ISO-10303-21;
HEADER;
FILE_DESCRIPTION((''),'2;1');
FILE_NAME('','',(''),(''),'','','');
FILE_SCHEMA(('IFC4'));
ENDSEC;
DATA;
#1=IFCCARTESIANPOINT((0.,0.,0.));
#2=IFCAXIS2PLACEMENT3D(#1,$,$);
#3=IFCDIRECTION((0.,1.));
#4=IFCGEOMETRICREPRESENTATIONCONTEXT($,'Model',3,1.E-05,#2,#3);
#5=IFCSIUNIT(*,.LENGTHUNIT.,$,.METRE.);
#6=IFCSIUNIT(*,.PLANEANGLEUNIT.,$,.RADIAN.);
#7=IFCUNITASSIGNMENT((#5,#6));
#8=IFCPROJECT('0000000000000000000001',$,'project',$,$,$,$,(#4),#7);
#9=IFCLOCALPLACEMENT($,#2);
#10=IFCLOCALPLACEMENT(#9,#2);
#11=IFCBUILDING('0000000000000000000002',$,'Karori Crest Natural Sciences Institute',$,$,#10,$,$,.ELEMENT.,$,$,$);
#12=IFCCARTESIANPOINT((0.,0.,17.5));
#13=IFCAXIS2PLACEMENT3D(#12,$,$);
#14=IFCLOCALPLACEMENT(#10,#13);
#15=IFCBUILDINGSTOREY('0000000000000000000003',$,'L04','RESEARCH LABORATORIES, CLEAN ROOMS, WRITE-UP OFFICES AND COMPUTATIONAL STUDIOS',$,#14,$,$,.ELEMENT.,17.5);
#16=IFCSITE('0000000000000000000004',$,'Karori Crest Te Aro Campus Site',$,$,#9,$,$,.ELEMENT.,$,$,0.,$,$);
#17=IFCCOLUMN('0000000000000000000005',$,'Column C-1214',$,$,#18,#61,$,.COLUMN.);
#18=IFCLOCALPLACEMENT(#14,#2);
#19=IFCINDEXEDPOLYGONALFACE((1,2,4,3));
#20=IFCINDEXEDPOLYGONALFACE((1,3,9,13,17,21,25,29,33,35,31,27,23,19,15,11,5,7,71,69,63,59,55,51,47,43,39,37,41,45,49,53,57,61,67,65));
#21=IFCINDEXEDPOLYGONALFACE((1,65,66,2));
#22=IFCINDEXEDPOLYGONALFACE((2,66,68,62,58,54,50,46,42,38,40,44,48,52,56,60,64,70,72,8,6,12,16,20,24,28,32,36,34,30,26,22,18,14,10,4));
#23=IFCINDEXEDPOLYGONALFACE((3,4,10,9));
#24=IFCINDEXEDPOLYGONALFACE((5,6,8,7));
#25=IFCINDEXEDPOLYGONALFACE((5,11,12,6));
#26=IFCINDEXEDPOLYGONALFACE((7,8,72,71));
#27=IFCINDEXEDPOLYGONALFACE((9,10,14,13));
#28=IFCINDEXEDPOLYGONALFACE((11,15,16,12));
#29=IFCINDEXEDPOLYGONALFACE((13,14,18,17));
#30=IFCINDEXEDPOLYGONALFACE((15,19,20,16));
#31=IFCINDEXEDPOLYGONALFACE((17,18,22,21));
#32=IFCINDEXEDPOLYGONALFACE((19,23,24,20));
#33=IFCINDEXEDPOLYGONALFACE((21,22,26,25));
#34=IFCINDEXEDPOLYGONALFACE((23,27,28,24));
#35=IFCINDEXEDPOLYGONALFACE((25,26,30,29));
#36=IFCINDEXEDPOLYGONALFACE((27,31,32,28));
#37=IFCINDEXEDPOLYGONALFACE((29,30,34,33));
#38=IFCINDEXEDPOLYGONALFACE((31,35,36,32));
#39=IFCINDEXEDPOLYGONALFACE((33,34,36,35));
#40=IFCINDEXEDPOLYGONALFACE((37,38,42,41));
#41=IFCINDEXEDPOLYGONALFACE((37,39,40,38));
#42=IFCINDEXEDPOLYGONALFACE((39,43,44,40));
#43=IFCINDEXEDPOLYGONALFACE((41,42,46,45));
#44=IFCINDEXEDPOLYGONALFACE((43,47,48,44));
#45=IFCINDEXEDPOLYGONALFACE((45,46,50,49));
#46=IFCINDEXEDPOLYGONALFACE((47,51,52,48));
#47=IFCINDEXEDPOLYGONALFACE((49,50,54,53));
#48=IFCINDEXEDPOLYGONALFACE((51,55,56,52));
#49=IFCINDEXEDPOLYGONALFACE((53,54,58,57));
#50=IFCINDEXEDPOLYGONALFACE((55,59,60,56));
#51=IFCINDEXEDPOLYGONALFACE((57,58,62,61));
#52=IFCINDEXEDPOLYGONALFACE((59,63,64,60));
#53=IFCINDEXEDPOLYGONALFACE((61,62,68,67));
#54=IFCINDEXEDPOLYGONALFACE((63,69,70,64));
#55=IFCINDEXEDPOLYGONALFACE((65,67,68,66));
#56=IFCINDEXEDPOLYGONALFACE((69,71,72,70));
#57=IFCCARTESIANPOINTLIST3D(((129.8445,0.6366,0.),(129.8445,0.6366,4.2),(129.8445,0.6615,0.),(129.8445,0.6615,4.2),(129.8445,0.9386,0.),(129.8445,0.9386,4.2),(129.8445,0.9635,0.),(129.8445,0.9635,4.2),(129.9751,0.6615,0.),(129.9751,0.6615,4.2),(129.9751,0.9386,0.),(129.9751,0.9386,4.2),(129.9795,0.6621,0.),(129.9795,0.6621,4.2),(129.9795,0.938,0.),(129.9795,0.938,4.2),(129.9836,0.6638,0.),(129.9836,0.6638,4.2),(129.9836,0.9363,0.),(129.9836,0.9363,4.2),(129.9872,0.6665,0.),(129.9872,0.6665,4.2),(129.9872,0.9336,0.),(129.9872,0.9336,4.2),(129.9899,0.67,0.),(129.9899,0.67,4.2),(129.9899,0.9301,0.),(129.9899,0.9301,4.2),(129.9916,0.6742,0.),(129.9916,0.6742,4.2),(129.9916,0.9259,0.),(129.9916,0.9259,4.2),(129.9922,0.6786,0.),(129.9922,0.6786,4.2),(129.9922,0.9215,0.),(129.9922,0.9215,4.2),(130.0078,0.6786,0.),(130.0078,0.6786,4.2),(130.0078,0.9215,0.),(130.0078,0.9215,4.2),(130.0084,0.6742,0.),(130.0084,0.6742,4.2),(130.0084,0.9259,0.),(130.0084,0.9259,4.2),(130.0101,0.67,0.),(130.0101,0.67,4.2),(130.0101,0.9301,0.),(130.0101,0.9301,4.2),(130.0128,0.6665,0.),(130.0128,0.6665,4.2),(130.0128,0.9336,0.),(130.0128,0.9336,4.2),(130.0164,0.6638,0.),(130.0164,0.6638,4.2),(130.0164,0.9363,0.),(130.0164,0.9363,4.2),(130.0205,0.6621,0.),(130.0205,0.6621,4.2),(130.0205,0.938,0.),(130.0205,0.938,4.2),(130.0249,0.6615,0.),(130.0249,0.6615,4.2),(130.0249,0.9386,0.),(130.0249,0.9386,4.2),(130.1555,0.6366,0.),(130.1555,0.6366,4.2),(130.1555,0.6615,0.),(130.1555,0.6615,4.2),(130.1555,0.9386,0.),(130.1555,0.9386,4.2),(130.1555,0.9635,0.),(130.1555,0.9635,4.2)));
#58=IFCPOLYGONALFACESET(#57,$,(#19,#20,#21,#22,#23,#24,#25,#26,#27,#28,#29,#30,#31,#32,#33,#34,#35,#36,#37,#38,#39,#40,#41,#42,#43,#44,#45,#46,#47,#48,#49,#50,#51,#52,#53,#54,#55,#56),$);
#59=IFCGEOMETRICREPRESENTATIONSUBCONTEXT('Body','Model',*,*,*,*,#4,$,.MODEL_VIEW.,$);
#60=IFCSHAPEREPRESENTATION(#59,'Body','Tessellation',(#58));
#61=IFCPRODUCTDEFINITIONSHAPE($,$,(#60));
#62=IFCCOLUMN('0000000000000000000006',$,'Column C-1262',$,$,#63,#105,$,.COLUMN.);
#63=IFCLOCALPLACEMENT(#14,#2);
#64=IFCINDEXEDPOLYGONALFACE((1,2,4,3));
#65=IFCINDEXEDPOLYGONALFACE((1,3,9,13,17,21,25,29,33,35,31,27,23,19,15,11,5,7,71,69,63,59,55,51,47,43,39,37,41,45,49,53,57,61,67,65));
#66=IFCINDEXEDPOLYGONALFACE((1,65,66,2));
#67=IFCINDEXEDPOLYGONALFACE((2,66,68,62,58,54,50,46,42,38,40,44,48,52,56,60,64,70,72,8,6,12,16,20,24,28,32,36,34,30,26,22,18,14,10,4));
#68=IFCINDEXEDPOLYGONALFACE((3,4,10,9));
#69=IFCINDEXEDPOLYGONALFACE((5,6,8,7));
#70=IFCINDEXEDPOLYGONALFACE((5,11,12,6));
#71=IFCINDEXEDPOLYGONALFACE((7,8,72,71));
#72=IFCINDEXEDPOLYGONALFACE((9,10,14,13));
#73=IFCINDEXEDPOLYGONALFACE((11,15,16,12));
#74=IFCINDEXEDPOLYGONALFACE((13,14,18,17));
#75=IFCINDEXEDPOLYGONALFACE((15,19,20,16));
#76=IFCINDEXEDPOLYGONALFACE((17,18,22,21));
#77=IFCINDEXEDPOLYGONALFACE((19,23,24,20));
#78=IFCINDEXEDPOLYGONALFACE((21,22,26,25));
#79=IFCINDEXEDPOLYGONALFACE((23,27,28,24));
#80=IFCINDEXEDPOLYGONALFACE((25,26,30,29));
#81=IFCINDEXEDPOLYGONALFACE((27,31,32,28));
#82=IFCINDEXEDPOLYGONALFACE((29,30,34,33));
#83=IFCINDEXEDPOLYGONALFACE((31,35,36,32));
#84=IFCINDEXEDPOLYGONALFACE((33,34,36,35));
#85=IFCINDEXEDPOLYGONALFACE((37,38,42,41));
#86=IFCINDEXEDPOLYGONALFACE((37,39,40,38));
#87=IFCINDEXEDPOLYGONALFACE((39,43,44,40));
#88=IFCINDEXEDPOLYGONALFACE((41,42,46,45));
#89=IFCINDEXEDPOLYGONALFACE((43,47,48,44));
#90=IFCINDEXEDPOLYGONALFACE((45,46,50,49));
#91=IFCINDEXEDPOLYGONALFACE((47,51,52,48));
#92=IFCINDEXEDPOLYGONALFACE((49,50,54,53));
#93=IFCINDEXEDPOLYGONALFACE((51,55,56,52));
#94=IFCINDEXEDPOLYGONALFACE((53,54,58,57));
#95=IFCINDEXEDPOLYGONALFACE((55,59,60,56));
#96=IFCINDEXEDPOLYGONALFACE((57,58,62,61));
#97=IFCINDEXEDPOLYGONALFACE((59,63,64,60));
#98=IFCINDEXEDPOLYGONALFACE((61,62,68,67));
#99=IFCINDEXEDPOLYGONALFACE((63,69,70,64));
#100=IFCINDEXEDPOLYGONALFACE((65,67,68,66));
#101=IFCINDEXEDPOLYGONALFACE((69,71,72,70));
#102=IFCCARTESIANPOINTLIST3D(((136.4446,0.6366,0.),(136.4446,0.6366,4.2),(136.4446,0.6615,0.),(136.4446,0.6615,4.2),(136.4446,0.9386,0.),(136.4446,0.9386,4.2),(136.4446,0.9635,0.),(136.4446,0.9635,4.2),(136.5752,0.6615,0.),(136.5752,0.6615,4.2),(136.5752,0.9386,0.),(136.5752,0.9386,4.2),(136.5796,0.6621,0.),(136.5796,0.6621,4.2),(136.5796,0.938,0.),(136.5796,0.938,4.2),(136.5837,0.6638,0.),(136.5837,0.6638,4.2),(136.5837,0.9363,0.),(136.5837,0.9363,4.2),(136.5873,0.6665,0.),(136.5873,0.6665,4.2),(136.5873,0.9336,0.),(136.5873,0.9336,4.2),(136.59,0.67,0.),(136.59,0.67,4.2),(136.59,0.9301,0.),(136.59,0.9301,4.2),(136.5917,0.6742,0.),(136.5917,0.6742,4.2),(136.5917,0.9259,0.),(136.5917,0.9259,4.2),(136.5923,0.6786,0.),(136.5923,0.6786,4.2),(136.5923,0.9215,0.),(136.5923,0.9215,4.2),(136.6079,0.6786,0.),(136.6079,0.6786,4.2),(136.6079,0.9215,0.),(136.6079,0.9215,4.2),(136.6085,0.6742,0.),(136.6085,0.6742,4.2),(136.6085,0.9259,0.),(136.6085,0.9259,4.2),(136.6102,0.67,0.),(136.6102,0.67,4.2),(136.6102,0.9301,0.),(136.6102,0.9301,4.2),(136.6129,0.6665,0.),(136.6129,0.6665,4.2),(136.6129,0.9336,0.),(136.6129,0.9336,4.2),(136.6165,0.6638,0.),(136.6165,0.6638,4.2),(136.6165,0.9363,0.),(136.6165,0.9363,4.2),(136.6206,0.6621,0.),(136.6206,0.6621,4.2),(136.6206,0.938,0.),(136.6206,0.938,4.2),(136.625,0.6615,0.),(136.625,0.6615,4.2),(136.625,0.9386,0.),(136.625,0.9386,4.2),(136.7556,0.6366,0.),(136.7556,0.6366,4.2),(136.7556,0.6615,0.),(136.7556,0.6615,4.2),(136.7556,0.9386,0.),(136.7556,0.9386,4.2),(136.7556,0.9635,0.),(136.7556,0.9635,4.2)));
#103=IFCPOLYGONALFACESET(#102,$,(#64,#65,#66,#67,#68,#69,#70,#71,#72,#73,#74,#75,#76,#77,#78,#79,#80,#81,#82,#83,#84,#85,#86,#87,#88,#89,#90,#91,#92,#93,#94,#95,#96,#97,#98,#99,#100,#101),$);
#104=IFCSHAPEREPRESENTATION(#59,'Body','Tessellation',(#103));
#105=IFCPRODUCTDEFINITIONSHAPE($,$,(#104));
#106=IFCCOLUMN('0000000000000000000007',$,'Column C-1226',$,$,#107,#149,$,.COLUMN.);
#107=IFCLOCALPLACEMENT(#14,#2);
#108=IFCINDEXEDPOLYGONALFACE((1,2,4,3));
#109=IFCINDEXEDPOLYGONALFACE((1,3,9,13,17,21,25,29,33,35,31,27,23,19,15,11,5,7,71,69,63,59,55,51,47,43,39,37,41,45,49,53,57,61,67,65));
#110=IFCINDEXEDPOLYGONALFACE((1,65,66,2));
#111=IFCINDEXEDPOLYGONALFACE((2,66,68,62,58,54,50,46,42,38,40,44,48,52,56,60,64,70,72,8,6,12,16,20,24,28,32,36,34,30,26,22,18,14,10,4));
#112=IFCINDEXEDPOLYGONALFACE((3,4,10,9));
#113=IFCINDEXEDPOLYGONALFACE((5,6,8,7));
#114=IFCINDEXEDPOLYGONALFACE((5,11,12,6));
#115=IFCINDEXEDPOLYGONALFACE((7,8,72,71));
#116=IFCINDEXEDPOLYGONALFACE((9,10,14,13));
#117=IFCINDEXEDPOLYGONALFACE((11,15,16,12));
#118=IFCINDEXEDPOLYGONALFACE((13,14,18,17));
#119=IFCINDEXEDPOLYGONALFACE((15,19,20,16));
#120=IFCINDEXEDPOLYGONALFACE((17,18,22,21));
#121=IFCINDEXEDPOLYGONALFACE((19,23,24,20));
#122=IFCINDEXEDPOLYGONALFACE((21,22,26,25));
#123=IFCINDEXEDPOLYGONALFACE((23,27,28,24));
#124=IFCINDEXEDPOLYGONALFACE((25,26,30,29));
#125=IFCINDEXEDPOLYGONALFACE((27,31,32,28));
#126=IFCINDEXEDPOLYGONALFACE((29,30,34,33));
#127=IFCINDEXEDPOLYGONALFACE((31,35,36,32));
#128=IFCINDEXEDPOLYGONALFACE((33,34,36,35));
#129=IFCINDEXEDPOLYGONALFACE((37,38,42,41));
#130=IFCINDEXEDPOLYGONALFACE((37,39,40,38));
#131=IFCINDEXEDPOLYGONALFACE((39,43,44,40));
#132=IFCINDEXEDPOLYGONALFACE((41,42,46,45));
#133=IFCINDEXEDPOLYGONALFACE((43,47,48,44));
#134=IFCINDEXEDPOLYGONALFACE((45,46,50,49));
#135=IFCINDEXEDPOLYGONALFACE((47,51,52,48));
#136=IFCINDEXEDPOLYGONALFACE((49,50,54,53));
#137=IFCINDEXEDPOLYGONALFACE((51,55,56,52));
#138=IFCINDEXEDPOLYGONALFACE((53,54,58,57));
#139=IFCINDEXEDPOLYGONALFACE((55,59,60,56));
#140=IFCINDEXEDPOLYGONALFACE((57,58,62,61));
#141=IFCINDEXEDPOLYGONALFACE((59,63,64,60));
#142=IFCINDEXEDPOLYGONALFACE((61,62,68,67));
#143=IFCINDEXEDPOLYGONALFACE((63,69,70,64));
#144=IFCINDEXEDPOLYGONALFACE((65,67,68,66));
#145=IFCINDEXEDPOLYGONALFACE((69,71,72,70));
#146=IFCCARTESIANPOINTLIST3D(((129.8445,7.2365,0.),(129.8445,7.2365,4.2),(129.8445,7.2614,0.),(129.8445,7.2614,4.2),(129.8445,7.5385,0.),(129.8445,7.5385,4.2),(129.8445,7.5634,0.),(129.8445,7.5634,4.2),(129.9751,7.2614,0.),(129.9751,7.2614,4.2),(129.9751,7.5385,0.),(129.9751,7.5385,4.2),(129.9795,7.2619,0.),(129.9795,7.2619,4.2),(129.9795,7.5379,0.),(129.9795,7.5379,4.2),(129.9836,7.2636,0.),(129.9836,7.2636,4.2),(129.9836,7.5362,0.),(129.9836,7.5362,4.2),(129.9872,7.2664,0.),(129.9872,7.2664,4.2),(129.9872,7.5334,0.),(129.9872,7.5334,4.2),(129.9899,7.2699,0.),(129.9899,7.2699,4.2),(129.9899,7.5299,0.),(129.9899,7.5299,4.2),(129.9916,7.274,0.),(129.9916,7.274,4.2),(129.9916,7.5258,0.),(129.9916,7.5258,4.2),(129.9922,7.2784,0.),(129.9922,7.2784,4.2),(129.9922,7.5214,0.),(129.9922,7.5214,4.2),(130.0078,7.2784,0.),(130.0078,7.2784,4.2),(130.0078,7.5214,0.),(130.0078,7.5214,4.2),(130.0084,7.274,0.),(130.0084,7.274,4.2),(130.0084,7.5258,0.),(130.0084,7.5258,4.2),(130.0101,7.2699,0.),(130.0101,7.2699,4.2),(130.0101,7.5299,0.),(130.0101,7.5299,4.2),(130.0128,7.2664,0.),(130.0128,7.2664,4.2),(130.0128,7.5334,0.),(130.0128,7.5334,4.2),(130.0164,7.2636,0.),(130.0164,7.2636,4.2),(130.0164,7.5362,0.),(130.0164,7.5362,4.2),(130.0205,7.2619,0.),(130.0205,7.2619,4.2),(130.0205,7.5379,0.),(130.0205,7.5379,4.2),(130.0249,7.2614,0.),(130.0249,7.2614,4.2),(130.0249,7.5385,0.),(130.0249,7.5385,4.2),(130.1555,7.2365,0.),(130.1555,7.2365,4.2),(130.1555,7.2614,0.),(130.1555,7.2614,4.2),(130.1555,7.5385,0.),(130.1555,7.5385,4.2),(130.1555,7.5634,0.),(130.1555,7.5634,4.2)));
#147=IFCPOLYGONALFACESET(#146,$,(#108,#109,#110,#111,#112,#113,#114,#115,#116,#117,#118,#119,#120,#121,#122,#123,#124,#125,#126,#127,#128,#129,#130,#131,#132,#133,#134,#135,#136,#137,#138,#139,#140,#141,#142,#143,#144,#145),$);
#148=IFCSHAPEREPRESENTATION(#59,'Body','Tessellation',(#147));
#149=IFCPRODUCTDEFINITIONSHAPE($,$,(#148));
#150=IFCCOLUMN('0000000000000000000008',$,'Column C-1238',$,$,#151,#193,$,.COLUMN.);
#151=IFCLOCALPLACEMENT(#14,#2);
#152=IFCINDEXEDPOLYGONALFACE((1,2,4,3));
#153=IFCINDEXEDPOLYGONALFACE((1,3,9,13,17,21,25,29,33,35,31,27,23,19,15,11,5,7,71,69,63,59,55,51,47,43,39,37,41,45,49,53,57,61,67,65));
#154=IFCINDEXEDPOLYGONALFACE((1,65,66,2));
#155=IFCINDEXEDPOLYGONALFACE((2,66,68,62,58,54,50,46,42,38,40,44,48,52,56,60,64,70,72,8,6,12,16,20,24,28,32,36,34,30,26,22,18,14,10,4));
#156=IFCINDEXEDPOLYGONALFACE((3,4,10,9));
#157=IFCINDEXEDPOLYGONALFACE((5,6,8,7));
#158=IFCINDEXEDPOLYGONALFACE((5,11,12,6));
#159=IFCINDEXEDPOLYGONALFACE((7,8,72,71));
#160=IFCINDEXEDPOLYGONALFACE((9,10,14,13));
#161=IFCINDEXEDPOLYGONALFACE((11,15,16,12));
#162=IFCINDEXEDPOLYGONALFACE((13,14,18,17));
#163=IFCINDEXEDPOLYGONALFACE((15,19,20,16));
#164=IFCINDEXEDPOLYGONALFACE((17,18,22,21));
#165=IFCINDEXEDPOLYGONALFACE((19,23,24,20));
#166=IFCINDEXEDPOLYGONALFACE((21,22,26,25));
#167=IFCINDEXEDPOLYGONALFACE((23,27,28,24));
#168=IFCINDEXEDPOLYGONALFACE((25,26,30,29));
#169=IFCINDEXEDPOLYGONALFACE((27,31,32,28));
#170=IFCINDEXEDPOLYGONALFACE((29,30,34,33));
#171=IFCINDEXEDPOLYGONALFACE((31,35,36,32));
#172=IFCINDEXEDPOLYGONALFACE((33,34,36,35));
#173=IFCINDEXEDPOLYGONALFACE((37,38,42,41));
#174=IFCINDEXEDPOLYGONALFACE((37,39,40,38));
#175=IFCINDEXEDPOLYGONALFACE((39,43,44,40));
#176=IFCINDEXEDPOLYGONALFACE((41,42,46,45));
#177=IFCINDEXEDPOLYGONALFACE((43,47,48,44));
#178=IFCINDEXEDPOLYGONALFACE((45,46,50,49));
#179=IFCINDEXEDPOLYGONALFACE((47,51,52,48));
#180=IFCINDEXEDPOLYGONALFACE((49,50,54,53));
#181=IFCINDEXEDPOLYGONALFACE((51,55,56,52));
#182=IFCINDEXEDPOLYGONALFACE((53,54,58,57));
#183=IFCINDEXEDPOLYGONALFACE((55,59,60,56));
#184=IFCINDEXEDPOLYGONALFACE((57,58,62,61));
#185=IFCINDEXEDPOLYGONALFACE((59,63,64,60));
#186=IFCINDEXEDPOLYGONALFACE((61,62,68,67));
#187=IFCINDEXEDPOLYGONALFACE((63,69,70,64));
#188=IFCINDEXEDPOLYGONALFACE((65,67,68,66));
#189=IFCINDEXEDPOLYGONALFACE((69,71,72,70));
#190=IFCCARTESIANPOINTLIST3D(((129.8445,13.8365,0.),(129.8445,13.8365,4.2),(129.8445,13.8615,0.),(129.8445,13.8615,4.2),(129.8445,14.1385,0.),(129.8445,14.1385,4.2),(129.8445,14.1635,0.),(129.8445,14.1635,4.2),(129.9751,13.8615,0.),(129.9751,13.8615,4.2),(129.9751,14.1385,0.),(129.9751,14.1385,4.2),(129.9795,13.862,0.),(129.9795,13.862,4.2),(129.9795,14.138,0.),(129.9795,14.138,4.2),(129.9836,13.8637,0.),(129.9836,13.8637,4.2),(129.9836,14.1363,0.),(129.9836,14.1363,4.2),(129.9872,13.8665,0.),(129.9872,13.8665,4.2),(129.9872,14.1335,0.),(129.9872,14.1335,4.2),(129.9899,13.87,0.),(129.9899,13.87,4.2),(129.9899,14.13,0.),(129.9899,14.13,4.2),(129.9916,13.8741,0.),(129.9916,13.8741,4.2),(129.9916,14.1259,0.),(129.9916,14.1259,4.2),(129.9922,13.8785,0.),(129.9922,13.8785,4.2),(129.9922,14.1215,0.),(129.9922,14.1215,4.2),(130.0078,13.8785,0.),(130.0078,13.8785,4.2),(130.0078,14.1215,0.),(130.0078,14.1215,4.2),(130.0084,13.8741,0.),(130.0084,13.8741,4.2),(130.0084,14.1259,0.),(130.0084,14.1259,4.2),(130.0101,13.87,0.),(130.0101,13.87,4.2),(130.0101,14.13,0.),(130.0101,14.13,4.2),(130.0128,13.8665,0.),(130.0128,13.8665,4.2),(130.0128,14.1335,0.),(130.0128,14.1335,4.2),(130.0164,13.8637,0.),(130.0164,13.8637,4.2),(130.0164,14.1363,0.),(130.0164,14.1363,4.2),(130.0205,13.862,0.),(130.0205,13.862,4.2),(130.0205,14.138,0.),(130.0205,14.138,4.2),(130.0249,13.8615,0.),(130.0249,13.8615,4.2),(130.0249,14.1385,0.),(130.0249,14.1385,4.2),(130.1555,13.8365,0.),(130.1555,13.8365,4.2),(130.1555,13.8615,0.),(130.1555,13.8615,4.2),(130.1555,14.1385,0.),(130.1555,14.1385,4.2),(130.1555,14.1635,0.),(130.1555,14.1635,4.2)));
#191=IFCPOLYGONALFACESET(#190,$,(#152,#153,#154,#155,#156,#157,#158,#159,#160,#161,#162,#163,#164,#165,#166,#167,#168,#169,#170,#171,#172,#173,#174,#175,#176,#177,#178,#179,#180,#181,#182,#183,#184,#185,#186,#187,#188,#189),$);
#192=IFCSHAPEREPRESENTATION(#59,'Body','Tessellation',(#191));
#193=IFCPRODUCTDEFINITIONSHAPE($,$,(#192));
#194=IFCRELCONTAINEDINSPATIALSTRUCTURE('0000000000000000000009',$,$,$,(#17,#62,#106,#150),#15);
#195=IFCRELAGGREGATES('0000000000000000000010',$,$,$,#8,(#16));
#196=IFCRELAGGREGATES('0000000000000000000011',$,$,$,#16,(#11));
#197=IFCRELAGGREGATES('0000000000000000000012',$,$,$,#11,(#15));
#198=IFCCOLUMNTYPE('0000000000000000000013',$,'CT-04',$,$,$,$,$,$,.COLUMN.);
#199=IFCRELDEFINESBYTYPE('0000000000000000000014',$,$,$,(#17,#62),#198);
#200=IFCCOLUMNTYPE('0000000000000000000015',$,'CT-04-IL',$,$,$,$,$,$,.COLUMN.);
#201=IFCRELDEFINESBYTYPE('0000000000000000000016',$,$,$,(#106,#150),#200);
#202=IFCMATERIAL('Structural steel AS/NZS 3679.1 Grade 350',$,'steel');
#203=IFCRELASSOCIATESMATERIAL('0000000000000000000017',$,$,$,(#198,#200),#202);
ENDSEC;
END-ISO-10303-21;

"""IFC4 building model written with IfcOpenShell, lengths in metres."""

from ifc_helpers import new_model, si_unit, direction, frame, origin, origin_2d, place, context, subcontext, project, spatial, i_section, extrude, material, material_profile, profile_set, type_object, element, save


model = new_model("IFC4")

# Units and contexts
model_context = context("Model", 3, precision=1e-05, world=origin(), true_north=direction((0.0, 1.0)))
body_context = subcontext(model_context, "Body", "Model", "MODEL_VIEW")
ifc_project = project(units=[si_unit("LENGTHUNIT", "METRE"), si_unit("PLANEANGLEUNIT", "RADIAN")], contexts=[model_context])

# Site, building, storey
site_placement = place(None, origin())
site = spatial("IfcSite", under=ifc_project, at=site_placement, Name="Karori Crest Te Aro Campus Site", CompositionType="ELEMENT", RefElevation=0.0)
building_placement = place(site_placement, origin())
building = spatial("IfcBuilding", under=site, at=building_placement, Name="Karori Crest Natural Sciences Institute", CompositionType="ELEMENT")
storey_placement = place(building_placement, frame((0.0, 0.0, 17.5)))
storey = spatial("IfcBuildingStorey", under=building, at=storey_placement, Name="L04", Description="RESEARCH LABORATORIES, CLEAN ROOMS, WRITE-UP OFFICES AND COMPUTATIONAL STUDIOS", CompositionType="ELEMENT", Elevation=17.5)

# Columns
ifc_material_1 = material(Name="Structural steel AS/NZS 3679.1 Grade 350", Category="steel")
ifc_material_profile_1 = material_profile(ifc_material_1, i_section(OverallWidth=0.311, OverallDepth=0.3269, WebThickness=0.0156, FlangeThickness=0.0249, FilletRadius=0.0171, at=origin_2d()), Name="310UC158")
ifc_profile_set_1 = profile_set([ifc_material_profile_1], Name="Structural steel AS/NZS 3679.1 Grade 350")
column_type_1 = type_object("IfcColumnType", Name="CT-04", PredefinedType="COLUMN", material=ifc_profile_set_1)
for number, where, z_axis, x_axis, name in (
    (1, (130.0, 0.8, 0.0), (0.0, 0.0, 1.0), (1.0, 0.0, 0.0), "Column C-1214"),
    (2, (136.6001, 0.8, 0.0), (0.0, 0.0, 1.0), (1.0, 0.0, 0.0), "Column C-1262"),
):
    element("IfcColumn", number, at=place(storey_placement, frame(where, z_axis=z_axis, x_axis=x_axis)), inside=storey, type_object=column_type_1, Name=name, PredefinedType="COLUMN", context=body_context, shape_type="SweptSolid", body=[
        extrude(i_section(OverallWidth=0.311, OverallDepth=0.3269, WebThickness=0.0156, FlangeThickness=0.0249, FilletRadius=0.0171, at=origin_2d()), origin(), (0.0, 0.0, 1.0), 4.2),
    ])
ifc_material_profile_2 = material_profile(ifc_material_1, i_section(OverallWidth=0.311, OverallDepth=0.3269, WebThickness=0.0156, FlangeThickness=0.0249, FilletRadius=0.0171, at=origin_2d()), Name="310UC158")
ifc_profile_set_2 = profile_set([ifc_material_profile_2], Name="Structural steel AS/NZS 3679.1 Grade 350")
column_type_2 = type_object("IfcColumnType", Name="CT-04-IL", PredefinedType="COLUMN", material=ifc_profile_set_2)
for number, where, z_axis, x_axis, name in (
    (3, (130.0, 7.3999, 0.0), (0.0, 0.0, 1.0), (1.0, 0.0, 0.0), "Column C-1226"),
    (4, (130.0, 14.0, 0.0), (0.0, 0.0, 1.0), (1.0, 0.0, 0.0), "Column C-1238"),
):
    element("IfcColumn", number, at=place(storey_placement, frame(where, z_axis=z_axis, x_axis=x_axis)), inside=storey, type_object=column_type_2, Name=name, PredefinedType="COLUMN", context=body_context, shape_type="SweptSolid", body=[
        extrude(i_section(OverallWidth=0.311, OverallDepth=0.3269, WebThickness=0.0156, FlangeThickness=0.0249, FilletRadius=0.0171, at=origin_2d()), origin(), (0.0, 0.0, 1.0), 4.2),
    ])

save(model, "model.ifc")
